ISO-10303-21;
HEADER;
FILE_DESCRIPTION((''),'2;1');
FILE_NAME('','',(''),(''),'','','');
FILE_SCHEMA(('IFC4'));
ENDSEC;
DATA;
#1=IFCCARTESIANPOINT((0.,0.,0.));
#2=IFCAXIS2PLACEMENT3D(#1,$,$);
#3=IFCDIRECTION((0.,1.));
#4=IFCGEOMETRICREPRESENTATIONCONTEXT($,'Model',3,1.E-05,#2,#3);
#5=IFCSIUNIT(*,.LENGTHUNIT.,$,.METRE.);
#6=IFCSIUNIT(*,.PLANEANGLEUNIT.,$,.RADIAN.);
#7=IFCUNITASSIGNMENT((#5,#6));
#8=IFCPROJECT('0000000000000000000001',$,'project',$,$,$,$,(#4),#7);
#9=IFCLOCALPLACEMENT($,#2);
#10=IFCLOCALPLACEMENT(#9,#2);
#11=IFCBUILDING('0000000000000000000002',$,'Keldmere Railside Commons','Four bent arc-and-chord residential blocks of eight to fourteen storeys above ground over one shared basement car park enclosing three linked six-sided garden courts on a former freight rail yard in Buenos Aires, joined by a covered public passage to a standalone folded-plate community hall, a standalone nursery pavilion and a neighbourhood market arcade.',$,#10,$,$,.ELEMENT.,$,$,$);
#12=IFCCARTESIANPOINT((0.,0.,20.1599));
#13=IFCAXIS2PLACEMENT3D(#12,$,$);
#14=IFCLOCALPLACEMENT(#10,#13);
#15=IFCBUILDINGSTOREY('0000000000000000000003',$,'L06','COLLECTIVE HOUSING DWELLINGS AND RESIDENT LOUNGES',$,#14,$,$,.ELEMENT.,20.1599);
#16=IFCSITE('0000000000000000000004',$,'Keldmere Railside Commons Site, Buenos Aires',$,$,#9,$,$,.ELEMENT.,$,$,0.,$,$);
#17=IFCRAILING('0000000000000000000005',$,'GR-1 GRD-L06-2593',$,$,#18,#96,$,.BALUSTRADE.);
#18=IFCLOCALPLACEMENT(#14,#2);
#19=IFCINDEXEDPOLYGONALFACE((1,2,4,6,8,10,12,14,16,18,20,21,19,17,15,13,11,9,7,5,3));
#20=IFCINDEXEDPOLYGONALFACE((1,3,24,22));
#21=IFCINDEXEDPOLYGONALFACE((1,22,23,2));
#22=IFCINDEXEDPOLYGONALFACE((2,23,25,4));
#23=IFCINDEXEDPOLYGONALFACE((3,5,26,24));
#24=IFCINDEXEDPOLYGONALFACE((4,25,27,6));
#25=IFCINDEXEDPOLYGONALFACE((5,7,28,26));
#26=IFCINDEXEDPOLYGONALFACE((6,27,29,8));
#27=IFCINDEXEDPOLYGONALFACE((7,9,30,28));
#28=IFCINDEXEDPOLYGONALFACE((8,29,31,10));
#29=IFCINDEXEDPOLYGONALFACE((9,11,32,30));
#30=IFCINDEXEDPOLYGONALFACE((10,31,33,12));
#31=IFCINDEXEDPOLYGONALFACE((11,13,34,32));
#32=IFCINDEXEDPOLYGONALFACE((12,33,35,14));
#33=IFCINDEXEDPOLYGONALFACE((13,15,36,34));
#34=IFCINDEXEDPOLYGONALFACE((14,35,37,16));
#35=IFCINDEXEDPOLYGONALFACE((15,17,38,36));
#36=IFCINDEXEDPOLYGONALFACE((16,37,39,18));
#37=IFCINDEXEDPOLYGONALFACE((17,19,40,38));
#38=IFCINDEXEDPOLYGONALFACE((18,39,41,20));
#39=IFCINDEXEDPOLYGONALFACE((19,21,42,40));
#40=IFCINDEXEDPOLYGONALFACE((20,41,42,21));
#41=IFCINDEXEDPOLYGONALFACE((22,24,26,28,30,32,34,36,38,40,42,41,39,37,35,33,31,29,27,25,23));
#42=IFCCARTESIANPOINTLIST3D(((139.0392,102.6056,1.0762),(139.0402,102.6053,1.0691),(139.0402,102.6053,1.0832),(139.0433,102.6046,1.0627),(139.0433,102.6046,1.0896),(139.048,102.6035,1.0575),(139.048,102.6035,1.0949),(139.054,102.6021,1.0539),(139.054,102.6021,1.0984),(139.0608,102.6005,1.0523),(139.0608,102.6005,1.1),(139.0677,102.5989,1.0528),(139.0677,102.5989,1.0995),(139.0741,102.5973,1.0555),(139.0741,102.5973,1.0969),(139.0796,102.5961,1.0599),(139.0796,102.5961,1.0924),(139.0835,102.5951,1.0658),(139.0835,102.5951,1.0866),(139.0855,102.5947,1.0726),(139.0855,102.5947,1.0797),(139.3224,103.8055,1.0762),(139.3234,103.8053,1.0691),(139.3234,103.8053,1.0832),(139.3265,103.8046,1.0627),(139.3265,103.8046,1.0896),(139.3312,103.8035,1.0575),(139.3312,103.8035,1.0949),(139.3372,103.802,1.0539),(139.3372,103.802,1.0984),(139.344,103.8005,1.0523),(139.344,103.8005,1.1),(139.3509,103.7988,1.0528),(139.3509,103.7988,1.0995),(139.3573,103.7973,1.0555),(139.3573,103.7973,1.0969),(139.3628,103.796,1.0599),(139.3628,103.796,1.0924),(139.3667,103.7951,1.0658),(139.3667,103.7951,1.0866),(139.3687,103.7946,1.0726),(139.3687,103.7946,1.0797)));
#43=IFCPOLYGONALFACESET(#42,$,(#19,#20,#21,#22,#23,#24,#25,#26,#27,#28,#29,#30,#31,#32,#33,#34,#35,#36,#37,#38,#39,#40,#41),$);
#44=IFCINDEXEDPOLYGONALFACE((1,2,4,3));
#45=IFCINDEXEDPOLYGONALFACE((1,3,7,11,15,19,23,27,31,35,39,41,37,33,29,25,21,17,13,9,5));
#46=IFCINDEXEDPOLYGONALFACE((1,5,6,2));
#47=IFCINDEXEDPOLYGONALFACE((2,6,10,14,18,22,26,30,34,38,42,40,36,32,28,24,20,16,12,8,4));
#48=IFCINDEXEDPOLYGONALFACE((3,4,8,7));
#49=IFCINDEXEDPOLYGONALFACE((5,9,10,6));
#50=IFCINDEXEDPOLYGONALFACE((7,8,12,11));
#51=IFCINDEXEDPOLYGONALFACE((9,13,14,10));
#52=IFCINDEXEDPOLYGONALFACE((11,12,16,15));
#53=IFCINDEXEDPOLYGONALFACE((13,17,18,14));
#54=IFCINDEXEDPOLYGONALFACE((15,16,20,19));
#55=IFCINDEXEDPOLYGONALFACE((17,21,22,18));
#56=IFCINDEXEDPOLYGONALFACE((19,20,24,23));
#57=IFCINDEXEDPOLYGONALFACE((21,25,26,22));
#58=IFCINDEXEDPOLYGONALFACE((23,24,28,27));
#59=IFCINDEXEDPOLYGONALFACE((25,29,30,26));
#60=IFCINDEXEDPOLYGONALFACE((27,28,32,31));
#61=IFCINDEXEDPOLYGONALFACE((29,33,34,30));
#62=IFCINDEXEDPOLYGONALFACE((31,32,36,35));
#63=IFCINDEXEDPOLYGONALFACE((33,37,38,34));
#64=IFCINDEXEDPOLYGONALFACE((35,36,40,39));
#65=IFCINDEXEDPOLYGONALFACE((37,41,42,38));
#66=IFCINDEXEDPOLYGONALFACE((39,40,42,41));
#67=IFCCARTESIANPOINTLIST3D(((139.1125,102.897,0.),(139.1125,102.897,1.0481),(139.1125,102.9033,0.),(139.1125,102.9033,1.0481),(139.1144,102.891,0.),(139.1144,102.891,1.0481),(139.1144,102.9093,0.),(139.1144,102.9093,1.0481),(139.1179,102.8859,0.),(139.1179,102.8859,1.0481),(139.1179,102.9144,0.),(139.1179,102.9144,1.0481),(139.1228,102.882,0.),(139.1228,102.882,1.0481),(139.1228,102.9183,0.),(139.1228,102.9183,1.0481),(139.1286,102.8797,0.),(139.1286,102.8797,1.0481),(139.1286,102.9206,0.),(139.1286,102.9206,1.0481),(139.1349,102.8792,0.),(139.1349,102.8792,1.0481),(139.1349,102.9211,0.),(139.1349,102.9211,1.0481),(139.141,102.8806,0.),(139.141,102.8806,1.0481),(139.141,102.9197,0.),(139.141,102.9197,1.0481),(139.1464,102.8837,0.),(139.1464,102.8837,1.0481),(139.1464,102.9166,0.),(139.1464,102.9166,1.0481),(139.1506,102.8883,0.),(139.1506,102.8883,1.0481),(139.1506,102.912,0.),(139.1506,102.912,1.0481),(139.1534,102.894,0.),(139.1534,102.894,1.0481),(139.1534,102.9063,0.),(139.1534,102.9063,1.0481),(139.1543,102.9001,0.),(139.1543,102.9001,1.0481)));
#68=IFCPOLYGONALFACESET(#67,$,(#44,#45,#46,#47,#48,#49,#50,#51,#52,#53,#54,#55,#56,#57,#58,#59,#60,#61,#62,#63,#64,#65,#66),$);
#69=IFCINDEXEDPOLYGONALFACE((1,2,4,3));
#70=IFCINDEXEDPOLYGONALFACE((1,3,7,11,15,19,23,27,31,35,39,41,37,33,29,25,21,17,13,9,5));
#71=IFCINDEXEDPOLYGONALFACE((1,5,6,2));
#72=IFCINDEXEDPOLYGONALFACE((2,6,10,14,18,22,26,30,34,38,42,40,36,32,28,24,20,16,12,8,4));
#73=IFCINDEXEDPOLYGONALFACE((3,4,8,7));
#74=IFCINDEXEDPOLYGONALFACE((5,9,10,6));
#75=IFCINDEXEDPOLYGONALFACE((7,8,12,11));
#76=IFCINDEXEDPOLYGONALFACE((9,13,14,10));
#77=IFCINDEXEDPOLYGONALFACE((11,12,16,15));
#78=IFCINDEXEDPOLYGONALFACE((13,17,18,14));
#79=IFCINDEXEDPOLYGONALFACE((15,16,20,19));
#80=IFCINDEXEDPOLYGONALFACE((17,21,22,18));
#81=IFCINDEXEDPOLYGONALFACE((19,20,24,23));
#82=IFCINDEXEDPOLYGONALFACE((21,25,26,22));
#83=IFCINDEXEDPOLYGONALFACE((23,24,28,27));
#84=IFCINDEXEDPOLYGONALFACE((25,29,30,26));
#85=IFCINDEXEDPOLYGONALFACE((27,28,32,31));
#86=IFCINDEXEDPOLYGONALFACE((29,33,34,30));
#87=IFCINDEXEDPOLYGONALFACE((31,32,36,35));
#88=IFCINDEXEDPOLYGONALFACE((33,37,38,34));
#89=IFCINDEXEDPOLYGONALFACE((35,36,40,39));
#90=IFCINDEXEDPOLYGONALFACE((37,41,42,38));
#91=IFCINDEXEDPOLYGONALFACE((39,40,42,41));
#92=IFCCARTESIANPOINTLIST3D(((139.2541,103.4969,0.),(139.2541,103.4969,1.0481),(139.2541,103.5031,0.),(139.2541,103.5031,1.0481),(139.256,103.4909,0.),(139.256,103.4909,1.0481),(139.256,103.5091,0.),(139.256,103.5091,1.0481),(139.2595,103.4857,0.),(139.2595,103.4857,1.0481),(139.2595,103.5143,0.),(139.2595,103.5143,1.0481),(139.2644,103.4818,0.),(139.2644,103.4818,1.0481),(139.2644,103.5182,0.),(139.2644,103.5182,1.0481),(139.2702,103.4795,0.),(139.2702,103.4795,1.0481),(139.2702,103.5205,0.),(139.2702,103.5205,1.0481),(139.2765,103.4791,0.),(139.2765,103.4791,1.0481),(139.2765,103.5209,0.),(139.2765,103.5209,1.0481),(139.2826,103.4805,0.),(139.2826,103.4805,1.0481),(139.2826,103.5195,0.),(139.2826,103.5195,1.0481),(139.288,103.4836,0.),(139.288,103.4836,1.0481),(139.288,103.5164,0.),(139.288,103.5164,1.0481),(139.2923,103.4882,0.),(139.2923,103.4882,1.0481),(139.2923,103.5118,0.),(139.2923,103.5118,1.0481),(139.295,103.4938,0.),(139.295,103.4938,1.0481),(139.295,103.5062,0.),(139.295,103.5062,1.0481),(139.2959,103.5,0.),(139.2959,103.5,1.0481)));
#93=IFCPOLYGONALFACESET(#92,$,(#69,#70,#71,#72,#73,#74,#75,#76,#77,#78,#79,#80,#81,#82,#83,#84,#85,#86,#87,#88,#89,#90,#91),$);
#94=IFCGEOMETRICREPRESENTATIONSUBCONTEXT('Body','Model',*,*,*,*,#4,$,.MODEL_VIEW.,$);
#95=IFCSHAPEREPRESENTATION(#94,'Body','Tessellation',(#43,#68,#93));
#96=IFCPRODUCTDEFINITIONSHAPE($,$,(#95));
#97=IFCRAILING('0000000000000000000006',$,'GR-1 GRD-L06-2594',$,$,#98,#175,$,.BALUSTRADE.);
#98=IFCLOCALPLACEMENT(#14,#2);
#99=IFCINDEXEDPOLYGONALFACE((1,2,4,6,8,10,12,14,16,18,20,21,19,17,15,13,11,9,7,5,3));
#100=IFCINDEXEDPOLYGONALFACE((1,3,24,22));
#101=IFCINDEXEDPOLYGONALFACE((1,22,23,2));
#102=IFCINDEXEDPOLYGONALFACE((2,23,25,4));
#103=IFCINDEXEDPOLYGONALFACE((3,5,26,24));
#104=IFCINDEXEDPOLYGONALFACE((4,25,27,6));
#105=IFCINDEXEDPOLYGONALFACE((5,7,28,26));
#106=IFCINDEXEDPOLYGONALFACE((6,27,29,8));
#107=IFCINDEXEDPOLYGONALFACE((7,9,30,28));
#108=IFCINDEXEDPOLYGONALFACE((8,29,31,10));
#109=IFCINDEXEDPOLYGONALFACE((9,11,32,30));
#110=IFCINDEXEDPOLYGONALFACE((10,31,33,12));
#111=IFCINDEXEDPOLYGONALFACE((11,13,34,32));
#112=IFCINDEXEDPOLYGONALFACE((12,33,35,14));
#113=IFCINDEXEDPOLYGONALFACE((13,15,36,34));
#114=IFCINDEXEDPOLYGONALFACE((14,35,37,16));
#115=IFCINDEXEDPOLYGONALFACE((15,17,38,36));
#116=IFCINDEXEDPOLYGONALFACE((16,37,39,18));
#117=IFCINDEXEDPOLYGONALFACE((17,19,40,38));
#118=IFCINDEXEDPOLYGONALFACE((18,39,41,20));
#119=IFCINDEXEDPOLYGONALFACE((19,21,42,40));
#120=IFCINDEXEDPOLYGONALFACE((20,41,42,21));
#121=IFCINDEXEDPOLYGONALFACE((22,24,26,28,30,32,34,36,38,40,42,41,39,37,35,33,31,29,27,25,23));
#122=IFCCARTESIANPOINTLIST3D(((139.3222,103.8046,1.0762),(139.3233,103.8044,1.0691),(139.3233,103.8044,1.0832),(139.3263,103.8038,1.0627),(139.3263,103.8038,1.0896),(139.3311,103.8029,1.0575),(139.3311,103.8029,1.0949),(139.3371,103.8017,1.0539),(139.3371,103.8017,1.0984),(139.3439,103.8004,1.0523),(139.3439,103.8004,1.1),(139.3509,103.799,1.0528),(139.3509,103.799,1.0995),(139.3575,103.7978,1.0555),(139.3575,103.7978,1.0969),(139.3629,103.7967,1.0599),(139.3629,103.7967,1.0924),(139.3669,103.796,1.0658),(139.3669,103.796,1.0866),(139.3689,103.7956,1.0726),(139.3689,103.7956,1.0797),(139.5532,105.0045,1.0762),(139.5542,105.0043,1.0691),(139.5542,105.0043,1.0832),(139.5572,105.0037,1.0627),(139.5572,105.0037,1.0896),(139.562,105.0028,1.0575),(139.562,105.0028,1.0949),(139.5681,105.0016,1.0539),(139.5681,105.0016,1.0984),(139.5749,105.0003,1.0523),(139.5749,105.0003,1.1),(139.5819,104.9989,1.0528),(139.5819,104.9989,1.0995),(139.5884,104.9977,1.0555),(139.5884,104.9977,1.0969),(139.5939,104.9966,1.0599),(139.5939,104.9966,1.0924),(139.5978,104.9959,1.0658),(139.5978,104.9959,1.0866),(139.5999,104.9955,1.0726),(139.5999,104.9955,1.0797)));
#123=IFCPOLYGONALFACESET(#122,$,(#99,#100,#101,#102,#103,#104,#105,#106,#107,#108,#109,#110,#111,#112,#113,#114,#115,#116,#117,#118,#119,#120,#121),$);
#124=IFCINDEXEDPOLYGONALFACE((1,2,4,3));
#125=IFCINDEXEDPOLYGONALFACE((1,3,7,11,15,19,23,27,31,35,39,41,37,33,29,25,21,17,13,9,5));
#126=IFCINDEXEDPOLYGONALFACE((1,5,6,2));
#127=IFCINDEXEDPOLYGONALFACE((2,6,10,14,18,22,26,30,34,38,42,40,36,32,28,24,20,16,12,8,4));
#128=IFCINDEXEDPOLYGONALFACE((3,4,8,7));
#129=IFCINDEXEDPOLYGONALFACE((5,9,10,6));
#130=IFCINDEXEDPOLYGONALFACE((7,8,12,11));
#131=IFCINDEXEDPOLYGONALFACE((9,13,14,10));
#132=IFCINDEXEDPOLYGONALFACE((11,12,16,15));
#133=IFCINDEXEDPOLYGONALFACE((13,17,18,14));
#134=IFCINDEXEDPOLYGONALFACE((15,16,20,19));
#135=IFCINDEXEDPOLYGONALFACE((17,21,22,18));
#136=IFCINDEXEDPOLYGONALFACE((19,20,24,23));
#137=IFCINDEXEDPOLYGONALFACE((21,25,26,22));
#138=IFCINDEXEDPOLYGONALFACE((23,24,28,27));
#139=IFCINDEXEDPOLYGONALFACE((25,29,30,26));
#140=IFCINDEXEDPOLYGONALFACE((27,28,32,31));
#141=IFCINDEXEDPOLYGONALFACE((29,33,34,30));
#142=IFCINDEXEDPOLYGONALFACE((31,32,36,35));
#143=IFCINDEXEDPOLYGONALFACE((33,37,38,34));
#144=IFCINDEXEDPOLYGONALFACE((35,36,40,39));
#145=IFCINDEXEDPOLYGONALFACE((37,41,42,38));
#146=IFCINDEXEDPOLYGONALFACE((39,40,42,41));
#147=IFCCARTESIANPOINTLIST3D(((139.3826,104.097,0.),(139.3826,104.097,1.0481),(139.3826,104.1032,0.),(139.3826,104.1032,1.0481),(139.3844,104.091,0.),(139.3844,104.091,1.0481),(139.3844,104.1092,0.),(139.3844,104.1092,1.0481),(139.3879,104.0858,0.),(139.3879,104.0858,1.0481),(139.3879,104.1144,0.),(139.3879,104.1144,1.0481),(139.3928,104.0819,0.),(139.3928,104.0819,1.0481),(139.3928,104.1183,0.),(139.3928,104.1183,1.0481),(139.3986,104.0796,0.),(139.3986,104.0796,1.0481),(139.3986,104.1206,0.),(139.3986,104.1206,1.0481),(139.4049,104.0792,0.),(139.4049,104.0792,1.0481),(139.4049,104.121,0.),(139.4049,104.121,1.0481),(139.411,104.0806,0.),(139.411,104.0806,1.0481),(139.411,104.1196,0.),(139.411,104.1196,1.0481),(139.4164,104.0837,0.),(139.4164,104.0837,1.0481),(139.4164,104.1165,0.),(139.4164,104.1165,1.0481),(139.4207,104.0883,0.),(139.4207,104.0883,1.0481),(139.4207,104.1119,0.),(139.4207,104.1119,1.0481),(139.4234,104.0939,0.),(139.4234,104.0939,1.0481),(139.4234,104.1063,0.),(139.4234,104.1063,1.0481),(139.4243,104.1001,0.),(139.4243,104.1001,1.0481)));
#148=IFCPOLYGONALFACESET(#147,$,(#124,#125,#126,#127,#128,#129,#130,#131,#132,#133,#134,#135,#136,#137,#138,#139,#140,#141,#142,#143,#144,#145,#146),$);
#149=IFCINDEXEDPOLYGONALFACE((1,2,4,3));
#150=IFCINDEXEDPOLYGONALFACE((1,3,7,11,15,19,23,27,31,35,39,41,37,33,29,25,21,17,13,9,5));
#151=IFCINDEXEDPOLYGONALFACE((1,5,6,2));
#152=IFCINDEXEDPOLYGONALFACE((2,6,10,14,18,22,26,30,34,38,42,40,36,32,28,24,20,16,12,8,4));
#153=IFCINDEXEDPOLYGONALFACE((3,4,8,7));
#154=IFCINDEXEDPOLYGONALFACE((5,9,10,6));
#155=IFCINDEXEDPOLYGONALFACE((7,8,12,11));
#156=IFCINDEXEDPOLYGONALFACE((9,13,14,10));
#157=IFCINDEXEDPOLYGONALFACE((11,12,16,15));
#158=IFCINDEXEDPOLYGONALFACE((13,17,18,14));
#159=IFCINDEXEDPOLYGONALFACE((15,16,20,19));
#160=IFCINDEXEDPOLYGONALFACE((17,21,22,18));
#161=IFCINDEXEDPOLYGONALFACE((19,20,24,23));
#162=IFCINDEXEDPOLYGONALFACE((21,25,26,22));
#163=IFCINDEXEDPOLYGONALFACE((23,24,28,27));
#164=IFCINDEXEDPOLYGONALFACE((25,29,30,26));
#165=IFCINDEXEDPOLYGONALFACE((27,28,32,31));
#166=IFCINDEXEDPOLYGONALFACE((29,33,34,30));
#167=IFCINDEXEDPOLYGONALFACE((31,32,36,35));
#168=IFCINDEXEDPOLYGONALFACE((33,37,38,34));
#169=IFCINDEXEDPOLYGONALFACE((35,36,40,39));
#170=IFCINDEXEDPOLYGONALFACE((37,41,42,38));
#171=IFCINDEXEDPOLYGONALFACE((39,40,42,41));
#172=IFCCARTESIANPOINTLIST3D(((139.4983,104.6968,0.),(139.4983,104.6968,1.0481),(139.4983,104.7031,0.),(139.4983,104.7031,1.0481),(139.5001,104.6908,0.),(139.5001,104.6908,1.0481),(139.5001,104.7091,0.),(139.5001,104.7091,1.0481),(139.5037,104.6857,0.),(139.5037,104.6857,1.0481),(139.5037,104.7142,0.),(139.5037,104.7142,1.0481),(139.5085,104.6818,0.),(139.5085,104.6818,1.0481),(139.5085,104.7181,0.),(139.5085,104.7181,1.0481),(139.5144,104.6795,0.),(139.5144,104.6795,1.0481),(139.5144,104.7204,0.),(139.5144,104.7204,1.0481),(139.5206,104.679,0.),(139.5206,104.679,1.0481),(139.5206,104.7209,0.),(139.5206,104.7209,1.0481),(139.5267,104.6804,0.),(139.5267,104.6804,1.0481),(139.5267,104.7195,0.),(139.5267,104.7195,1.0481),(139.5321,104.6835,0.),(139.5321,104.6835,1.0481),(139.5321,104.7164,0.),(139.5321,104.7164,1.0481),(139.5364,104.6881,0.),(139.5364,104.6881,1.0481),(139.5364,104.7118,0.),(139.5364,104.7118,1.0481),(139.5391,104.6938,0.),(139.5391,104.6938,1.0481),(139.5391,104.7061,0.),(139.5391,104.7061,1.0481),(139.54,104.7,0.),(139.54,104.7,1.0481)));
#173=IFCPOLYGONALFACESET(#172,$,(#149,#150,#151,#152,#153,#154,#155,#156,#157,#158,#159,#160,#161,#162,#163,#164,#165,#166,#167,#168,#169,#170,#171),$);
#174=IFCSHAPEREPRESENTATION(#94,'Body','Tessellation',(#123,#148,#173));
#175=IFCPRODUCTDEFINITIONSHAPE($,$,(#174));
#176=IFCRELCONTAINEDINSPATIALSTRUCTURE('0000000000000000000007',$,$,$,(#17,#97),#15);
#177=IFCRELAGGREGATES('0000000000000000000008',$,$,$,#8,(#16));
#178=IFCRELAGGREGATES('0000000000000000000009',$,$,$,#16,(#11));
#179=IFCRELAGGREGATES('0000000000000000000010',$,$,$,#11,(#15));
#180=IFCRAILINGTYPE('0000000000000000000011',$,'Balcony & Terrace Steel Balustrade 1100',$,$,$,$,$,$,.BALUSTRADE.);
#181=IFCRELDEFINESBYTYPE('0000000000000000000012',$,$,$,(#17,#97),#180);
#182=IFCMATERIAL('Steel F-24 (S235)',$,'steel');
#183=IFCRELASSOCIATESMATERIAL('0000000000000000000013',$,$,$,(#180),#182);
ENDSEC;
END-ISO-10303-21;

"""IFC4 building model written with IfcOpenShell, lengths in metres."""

from ifc_helpers import new_model, si_unit, direction, frame, origin, origin_2d, place, context, subcontext, project, spatial, circle, extrude, material, type_object, element, save


model = new_model("IFC4")

# Units and contexts
model_context = context("Model", 3, precision=1e-05, world=origin(), true_north=direction((0.0, 1.0)))
body_context = subcontext(model_context, "Body", "Model", "MODEL_VIEW")
ifc_project = project(units=[si_unit("LENGTHUNIT", "METRE"), si_unit("PLANEANGLEUNIT", "RADIAN")], contexts=[model_context])

# Site, building, storey
site_placement = place(None, origin())
site = spatial("IfcSite", under=ifc_project, at=site_placement, Name="Keldmere Railside Commons Site, Buenos Aires", CompositionType="ELEMENT", RefElevation=0.0)
building_placement = place(site_placement, origin())
building = spatial("IfcBuilding", under=site, at=building_placement, Name="Keldmere Railside Commons", Description="Four bent arc-and-chord residential blocks of eight to fourteen storeys above ground over one shared basement car park enclosing three linked six-sided garden courts on a former freight rail yard in Buenos Aires, joined by a covered public passage to a standalone folded-plate community hall, a standalone nursery pavilion and a neighbourhood market arcade.", CompositionType="ELEMENT")
storey_placement = place(building_placement, frame((0.0, 0.0, 20.1599)))
storey = spatial("IfcBuildingStorey", under=building, at=storey_placement, Name="L06", Description="COLLECTIVE HOUSING DWELLINGS AND RESIDENT LOUNGES", CompositionType="ELEMENT", Elevation=20.1599)

# Shared definitions
ifc_material_1 = material(Name="Steel F-24 (S235)", Category="steel")

# Railings
railing_type_1 = type_object("IfcRailingType", Name="Balcony & Terrace Steel Balustrade 1100", PredefinedType="BALUSTRADE", material=ifc_material_1)
railing_1_placement = place(storey_placement, frame((139.0625, 102.6001, 0.0)))
element("IfcRailing", 1, at=railing_1_placement, inside=storey, type_object=railing_type_1, Name="GR-1 GRD-L06-2593", PredefinedType="BALUSTRADE", context=body_context, shape_type="SweptSolid", body=[
    extrude(circle(Radius=0.0239, at=origin_2d()), frame((0.0, 0.0, 1.0762), z_axis=(0.229702, 0.973261, 0.0), x_axis=(-0.973261, 0.229702, 0.0)), (0.0, 0.0, 1.0), 1.2329),
    extrude(circle(Radius=0.021, at=origin_2d()), frame((0.0708, 0.3, 0.0)), (0.0, 0.0, 1.0), 1.0481),
    extrude(circle(Radius=0.021, at=origin_2d()), frame((0.2124, 0.8999, 0.0)), (0.0, 0.0, 1.0), 1.0481),
])
railing_2_placement = place(storey_placement, frame((139.3457, 103.8, 0.0)))
element("IfcRailing", 2, at=railing_2_placement, inside=storey, type_object=railing_type_1, Name="GR-1 GRD-L06-2594", PredefinedType="BALUSTRADE", context=body_context, shape_type="SweptSolid", body=[
    extrude(circle(Radius=0.0239, at=origin_2d()), frame((0.0, 0.0, 1.0762), z_axis=(0.189003, 0.981977, 0.0), x_axis=(-0.981977, 0.189003, 0.0)), (0.0, 0.0, 1.0), 1.2219),
    extrude(circle(Radius=0.021, at=origin_2d()), frame((0.0576, 0.3, 0.0)), (0.0, 0.0, 1.0), 1.0481),
    extrude(circle(Radius=0.021, at=origin_2d()), frame((0.1733, 0.8999, 0.0)), (0.0, 0.0, 1.0), 1.0481),
])

save(model, "model.ifc")
